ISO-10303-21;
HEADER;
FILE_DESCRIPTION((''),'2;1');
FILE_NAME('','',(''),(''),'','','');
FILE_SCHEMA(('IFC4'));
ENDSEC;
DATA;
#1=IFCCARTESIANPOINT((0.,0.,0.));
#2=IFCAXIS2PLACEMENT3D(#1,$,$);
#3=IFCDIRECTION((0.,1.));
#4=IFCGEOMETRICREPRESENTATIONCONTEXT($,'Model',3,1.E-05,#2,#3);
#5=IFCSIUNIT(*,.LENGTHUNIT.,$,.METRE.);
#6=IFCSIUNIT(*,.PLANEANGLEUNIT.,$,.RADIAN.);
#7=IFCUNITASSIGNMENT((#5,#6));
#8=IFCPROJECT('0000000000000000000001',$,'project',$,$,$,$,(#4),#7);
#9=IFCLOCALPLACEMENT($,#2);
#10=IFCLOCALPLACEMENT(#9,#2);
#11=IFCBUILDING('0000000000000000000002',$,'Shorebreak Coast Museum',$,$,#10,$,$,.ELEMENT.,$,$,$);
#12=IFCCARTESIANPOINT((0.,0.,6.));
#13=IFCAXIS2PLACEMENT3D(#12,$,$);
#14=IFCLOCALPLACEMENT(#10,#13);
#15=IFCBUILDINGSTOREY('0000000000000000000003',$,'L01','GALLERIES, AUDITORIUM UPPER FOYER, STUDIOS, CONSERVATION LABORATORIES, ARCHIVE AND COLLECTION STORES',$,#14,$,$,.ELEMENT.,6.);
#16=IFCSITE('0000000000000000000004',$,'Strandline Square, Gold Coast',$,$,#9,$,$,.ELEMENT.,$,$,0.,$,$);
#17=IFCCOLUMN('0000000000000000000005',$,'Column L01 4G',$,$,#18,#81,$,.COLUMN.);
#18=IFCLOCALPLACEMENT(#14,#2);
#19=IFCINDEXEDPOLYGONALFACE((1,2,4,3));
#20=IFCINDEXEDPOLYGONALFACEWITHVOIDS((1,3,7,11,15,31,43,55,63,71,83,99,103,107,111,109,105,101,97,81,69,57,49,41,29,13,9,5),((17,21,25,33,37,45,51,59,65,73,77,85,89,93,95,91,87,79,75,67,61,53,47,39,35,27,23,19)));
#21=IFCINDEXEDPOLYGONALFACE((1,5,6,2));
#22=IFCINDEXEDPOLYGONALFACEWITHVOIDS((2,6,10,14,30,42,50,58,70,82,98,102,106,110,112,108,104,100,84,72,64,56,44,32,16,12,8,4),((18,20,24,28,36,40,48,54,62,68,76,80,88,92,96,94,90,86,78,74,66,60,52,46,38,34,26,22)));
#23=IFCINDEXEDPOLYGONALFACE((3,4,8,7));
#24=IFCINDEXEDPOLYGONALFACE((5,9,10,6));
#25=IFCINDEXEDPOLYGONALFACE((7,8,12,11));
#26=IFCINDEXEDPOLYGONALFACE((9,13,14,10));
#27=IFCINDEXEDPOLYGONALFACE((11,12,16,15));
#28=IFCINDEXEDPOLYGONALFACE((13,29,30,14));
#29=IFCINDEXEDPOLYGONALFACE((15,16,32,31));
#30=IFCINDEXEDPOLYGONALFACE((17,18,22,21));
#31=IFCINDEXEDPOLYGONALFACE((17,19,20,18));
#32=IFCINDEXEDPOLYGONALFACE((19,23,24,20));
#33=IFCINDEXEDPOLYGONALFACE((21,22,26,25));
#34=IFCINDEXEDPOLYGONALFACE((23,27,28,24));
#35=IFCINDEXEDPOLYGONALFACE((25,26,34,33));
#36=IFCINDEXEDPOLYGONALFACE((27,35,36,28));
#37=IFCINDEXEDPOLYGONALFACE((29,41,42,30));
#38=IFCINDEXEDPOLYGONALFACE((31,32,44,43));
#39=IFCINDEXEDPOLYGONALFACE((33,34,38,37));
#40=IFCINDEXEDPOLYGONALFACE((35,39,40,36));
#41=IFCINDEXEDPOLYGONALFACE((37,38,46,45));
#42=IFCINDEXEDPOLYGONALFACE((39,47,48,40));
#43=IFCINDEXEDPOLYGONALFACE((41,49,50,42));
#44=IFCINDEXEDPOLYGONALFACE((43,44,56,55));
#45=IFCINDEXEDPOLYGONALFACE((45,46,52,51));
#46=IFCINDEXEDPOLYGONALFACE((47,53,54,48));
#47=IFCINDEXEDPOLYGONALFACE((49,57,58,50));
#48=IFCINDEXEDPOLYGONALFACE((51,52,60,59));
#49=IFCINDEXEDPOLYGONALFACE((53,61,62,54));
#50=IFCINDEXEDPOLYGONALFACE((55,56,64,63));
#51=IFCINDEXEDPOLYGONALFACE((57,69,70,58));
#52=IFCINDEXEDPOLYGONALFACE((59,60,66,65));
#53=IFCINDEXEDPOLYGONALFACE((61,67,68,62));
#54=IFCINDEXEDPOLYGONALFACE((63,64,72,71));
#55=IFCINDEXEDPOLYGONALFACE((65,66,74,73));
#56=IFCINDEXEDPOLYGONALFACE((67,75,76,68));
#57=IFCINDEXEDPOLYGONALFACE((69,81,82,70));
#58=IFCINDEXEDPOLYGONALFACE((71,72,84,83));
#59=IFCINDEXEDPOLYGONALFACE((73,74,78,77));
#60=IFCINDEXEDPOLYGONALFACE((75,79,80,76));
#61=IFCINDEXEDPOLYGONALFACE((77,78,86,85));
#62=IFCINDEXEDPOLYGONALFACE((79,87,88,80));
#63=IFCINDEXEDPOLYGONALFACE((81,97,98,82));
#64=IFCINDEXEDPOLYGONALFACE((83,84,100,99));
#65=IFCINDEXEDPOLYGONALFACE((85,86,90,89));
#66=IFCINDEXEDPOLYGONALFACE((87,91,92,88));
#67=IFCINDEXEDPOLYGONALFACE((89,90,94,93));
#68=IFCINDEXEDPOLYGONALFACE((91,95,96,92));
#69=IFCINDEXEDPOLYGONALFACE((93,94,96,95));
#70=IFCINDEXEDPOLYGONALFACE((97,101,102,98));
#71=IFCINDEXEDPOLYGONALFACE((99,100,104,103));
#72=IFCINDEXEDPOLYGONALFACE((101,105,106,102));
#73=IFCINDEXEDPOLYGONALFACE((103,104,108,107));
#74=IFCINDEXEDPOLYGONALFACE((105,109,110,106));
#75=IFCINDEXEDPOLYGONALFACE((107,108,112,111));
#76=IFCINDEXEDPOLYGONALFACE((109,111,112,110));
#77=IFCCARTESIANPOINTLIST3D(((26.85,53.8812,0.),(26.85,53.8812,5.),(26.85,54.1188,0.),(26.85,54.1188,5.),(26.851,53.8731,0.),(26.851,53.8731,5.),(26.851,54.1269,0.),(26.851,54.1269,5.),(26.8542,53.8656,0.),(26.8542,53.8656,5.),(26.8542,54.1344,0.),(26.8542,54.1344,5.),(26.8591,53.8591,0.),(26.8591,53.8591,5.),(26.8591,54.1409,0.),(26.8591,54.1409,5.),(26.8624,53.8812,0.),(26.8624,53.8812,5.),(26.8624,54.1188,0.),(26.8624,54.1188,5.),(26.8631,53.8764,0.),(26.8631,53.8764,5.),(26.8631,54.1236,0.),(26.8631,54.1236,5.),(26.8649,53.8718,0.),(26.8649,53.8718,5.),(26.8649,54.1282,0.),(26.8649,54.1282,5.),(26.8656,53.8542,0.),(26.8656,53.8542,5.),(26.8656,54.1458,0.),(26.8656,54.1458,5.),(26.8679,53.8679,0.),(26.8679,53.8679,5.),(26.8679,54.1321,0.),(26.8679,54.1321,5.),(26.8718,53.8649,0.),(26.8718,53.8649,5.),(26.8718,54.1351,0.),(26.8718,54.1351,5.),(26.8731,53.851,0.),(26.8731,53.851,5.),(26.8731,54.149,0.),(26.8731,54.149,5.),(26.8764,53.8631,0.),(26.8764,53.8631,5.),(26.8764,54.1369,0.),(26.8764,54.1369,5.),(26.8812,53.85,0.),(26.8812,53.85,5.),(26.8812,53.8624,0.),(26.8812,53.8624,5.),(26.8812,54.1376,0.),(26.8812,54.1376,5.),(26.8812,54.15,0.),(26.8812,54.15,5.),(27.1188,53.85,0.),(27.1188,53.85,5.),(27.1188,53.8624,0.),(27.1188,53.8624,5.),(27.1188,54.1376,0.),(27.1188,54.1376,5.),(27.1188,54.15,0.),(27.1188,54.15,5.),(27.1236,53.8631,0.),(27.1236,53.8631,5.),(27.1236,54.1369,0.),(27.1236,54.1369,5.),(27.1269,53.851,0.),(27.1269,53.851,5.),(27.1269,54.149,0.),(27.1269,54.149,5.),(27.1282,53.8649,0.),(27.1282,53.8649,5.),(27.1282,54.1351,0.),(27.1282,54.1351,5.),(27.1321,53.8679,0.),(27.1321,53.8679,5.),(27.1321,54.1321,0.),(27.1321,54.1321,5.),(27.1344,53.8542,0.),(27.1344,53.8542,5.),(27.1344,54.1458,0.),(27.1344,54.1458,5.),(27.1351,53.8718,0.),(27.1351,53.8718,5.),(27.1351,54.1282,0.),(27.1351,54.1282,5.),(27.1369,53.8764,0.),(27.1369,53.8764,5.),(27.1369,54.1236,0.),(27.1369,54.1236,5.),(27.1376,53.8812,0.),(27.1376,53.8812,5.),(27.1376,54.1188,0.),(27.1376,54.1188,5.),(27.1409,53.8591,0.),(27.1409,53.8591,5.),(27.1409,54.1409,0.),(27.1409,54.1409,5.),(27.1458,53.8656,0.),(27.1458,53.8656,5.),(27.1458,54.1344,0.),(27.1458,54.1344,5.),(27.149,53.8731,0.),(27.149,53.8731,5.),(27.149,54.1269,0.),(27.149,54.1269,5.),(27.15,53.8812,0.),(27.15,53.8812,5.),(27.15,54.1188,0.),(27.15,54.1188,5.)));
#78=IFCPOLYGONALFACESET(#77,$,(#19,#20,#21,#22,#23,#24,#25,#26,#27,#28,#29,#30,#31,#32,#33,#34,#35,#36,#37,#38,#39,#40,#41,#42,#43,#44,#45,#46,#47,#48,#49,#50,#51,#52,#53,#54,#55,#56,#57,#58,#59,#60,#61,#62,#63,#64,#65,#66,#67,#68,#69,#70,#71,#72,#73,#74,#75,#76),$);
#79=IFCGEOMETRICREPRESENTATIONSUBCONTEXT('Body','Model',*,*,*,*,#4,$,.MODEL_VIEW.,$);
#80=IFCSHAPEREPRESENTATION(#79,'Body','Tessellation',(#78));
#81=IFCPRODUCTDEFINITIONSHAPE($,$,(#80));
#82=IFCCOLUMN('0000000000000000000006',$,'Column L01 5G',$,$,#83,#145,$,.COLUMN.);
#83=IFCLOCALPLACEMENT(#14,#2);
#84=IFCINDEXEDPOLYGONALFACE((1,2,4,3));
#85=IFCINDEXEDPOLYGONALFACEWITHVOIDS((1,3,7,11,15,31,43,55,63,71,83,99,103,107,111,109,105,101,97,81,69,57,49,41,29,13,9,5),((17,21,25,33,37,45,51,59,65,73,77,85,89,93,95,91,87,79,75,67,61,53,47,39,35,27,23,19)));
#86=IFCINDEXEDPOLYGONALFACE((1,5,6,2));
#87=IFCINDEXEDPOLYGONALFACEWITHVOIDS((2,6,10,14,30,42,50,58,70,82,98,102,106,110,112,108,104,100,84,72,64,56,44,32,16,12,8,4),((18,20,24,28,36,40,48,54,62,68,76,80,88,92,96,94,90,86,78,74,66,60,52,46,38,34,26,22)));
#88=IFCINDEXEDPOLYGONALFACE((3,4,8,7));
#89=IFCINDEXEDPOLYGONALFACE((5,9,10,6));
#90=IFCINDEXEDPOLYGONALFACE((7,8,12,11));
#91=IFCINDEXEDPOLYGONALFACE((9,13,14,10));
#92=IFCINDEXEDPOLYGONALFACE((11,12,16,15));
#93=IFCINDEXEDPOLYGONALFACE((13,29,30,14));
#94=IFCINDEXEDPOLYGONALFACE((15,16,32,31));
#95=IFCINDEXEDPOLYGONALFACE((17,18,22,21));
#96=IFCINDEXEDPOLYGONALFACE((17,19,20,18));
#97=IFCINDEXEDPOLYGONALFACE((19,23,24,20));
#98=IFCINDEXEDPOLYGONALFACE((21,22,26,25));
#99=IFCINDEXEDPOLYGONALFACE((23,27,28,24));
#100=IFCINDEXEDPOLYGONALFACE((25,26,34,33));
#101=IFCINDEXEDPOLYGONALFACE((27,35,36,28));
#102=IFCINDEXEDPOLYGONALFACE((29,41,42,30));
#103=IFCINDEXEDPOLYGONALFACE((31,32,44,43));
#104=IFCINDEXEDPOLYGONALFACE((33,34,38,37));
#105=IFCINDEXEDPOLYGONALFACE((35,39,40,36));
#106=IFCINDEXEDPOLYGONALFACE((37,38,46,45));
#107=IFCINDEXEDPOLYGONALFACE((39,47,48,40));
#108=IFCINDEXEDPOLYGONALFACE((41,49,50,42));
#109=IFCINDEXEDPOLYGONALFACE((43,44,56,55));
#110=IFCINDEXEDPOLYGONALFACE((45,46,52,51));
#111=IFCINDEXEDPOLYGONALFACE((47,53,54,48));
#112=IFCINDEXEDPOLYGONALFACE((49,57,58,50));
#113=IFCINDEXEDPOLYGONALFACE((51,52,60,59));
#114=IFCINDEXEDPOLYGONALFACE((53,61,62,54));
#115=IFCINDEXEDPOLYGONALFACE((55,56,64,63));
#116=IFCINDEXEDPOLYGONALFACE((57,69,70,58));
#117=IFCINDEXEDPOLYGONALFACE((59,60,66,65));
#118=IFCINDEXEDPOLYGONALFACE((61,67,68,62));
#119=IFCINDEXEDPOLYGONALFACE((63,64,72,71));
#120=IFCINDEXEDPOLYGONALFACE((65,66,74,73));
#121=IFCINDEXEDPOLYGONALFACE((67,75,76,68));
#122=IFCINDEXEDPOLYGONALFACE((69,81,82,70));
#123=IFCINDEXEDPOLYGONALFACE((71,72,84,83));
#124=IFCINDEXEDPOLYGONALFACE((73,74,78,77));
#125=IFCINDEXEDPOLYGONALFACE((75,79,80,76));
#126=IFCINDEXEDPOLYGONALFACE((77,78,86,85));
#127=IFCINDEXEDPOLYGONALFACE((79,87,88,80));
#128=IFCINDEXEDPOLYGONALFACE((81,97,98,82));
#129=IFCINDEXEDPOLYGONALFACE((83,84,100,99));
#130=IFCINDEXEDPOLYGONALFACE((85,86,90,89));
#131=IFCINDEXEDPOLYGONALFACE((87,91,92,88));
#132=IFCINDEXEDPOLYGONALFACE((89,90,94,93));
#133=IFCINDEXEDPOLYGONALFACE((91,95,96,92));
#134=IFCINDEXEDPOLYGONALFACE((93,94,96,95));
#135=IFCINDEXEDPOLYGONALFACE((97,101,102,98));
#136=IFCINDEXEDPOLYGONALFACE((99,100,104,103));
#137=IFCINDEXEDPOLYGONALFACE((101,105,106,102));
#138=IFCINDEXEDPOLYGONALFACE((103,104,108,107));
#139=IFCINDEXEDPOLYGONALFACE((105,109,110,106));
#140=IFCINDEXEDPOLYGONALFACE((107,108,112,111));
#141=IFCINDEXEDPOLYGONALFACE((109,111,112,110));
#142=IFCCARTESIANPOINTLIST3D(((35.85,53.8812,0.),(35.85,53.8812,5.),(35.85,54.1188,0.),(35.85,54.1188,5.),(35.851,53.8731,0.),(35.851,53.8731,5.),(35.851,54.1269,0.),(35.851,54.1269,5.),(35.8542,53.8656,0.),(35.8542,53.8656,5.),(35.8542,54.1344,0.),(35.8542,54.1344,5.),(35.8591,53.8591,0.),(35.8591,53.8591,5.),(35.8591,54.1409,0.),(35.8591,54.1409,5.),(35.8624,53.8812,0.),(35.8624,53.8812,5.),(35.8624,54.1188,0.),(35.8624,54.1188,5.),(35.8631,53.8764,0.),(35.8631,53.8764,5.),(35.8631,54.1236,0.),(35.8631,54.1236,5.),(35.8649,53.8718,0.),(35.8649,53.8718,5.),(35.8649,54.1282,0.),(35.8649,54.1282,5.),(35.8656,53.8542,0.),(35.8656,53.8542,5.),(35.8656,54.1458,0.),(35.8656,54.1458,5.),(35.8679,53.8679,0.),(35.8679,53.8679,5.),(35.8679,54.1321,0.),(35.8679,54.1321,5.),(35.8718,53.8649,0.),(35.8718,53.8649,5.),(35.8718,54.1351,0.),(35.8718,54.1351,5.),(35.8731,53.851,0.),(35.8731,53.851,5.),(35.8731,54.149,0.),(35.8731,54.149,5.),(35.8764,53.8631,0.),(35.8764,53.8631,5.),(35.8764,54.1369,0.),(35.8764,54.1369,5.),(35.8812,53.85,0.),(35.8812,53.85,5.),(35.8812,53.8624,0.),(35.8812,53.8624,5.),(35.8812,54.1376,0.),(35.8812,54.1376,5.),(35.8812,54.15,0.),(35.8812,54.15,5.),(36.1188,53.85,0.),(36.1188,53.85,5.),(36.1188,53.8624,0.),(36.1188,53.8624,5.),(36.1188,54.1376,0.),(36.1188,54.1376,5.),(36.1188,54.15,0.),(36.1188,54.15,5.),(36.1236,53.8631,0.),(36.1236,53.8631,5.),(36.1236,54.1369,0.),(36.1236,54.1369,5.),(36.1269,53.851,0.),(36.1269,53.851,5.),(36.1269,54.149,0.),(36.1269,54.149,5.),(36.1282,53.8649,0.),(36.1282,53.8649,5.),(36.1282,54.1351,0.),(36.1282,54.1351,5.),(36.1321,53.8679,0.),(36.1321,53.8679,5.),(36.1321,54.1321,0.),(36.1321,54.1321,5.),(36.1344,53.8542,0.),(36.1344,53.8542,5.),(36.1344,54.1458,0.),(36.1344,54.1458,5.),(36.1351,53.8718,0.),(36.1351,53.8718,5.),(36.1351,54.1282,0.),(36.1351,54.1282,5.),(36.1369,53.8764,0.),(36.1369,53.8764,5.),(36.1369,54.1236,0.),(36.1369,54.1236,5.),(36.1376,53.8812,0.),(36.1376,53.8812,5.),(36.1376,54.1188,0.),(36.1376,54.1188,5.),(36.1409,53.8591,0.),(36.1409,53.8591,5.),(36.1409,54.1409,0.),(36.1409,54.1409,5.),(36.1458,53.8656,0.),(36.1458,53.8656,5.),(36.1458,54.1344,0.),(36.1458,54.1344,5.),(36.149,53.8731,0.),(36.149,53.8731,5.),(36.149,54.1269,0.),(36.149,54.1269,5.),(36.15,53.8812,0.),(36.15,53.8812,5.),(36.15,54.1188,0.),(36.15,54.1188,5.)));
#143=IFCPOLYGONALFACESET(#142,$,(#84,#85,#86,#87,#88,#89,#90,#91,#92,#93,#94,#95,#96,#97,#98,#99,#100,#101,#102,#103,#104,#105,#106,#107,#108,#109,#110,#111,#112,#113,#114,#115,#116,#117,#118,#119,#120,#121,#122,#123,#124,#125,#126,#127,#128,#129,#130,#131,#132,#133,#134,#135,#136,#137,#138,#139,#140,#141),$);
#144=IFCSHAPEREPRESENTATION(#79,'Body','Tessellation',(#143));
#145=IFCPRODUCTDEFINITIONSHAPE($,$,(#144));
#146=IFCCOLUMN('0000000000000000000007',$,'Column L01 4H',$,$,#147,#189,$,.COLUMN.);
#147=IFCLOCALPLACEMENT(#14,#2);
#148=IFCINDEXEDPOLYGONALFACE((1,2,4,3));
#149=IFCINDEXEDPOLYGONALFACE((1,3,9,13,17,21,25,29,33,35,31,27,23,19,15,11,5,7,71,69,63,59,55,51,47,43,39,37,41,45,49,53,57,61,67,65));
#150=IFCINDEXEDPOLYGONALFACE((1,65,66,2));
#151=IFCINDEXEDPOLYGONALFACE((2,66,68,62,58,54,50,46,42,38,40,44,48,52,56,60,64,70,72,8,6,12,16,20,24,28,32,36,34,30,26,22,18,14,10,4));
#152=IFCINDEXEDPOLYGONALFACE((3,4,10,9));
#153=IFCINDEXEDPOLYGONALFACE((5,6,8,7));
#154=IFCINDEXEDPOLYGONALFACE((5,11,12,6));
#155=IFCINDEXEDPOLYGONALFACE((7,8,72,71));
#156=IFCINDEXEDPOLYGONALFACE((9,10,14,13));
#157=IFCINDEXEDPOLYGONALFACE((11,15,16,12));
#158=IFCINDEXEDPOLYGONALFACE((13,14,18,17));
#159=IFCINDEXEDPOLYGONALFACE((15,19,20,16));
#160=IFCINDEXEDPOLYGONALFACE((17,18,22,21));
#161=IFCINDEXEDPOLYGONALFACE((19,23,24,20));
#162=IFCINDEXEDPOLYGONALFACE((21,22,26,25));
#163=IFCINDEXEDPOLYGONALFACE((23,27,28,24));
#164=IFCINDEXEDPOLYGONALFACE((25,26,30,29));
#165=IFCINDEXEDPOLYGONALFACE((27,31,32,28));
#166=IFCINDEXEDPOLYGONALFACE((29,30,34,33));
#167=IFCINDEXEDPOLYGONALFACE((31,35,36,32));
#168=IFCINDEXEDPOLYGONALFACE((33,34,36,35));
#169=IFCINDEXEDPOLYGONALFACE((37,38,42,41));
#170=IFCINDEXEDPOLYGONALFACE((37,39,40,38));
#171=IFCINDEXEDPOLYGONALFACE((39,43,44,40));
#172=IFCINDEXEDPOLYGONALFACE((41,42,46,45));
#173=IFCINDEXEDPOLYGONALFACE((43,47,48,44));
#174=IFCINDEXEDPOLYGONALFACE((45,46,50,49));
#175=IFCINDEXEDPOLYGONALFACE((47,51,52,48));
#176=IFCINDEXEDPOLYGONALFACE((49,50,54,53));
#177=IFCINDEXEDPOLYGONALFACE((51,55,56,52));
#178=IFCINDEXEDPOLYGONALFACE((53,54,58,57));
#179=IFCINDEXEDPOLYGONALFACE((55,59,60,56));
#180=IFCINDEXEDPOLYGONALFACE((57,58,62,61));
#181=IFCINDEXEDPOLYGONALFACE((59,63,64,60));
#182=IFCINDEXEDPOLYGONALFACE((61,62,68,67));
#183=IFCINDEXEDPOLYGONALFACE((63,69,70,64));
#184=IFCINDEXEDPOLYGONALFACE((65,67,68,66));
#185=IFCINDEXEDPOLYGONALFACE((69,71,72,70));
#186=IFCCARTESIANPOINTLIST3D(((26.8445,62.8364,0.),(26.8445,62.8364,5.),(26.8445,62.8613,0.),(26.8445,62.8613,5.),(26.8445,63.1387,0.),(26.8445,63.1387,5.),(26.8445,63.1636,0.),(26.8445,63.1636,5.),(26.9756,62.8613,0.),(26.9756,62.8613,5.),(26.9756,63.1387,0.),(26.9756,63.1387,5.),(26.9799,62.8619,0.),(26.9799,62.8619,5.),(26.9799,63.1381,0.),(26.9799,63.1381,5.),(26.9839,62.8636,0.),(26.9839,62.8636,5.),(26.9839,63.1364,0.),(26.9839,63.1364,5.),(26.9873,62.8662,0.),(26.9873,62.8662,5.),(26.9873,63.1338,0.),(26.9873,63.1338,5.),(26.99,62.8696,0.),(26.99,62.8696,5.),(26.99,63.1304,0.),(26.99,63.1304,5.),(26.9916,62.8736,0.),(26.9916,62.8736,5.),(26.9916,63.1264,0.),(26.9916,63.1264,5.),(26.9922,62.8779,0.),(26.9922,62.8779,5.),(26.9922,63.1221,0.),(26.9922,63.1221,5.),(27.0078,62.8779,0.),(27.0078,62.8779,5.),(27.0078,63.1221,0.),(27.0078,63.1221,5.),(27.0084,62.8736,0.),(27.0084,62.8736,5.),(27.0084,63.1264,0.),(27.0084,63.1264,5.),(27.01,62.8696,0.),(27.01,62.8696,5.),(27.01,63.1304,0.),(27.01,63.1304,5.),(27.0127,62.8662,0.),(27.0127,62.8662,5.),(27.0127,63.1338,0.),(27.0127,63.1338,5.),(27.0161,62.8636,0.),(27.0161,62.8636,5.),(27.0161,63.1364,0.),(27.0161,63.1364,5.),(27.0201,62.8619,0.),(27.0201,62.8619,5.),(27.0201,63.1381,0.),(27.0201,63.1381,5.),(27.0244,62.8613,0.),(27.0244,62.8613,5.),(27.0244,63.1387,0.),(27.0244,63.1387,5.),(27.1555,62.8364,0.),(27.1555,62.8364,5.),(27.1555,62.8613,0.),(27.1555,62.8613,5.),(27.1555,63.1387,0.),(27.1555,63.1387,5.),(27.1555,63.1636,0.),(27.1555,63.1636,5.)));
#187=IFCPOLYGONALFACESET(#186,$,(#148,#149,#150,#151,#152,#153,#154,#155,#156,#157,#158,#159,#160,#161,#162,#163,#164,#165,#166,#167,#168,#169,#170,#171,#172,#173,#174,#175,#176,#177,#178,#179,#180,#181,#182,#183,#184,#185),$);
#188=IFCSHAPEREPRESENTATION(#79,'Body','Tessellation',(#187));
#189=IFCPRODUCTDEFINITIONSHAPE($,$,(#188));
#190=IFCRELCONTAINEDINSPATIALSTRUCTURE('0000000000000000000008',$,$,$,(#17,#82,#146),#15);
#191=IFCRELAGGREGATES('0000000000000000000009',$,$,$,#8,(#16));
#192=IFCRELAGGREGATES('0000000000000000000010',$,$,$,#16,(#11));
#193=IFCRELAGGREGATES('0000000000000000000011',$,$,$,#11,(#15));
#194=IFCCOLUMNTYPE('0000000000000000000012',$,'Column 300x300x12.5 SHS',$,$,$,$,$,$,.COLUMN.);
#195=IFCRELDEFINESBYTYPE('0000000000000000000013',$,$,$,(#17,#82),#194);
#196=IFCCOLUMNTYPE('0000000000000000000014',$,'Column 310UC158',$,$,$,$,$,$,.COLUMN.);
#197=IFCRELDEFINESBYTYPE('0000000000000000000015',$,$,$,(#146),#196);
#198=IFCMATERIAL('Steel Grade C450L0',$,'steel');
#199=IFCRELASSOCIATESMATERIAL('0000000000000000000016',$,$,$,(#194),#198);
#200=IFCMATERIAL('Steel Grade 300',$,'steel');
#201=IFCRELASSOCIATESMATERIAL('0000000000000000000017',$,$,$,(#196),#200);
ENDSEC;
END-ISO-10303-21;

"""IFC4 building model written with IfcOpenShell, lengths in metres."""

from ifc_helpers import new_model, si_unit, direction, frame, origin, origin_2d, place, context, subcontext, project, spatial, hollow_rectangle, i_section, extrude, material, material_profile, profile_set, type_object, element, save


model = new_model("IFC4")

# Units and contexts
model_context = context("Model", 3, precision=1e-05, world=origin(), true_north=direction((0.0, 1.0)))
body_context = subcontext(model_context, "Body", "Model", "MODEL_VIEW")
ifc_project = project(units=[si_unit("LENGTHUNIT", "METRE"), si_unit("PLANEANGLEUNIT", "RADIAN")], contexts=[model_context])

# Site, building, storey
site_placement = place(None, origin())
site = spatial("IfcSite", under=ifc_project, at=site_placement, Name="Strandline Square, Gold Coast", CompositionType="ELEMENT", RefElevation=0.0)
building_placement = place(site_placement, origin())
building = spatial("IfcBuilding", under=site, at=building_placement, Name="Shorebreak Coast Museum", CompositionType="ELEMENT")
storey_placement = place(building_placement, frame((0.0, 0.0, 6.0)))
storey = spatial("IfcBuildingStorey", under=building, at=storey_placement, Name="L01", Description="GALLERIES, AUDITORIUM UPPER FOYER, STUDIOS, CONSERVATION LABORATORIES, ARCHIVE AND COLLECTION STORES", CompositionType="ELEMENT", Elevation=6.0)

# Columns
ifc_material_1 = material(Name="Steel Grade C450L0", Category="steel")
ifc_material_profile_1 = material_profile(ifc_material_1, hollow_rectangle(XDim=0.3, YDim=0.3, WallThickness=0.0125, InnerFilletRadius=0.0188, OuterFilletRadius=0.0312, at=origin_2d()), Name="300x300x12.5 SHS")
ifc_profile_set_1 = profile_set([ifc_material_profile_1], Name="Steel Grade C450L0")
column_type_1 = type_object("IfcColumnType", Name="Column 300x300x12.5 SHS", PredefinedType="COLUMN", material=ifc_profile_set_1)
for number, where, z_axis, x_axis, name in (
    (1, (27.0, 54.0, 0.0), (0.0, 0.0, 1.0), (1.0, 0.0, 0.0), "Column L01 4G"),
    (2, (36.0, 54.0, 0.0), (0.0, 0.0, 1.0), (1.0, 0.0, 0.0), "Column L01 5G"),
):
    element("IfcColumn", number, at=place(storey_placement, frame(where, z_axis=z_axis, x_axis=x_axis)), inside=storey, type_object=column_type_1, Name=name, PredefinedType="COLUMN", context=body_context, shape_type="SweptSolid", body=[
        extrude(hollow_rectangle(XDim=0.3, YDim=0.3, WallThickness=0.0125, InnerFilletRadius=0.0188, OuterFilletRadius=0.0312, at=origin_2d()), origin(), (0.0, 0.0, 1.0), 5.0),
    ])
ifc_material_2 = material(Name="Steel Grade 300", Category="steel")
ifc_material_profile_2 = material_profile(ifc_material_2, i_section(OverallWidth=0.311, OverallDepth=0.3271, WebThickness=0.0156, FlangeThickness=0.0249, FilletRadius=0.0166, at=origin_2d()), Name="310UC158")
ifc_profile_set_2 = profile_set([ifc_material_profile_2], Name="Steel Grade 300")
column_type_2 = type_object("IfcColumnType", Name="Column 310UC158", PredefinedType="COLUMN", material=ifc_profile_set_2)
for number, where, z_axis, x_axis, name in (
    (3, (27.0, 63.0, 0.0), (0.0, 0.0, 1.0), (1.0, 0.0, 0.0), "Column L01 4H"),
):
    element("IfcColumn", number, at=place(storey_placement, frame(where, z_axis=z_axis, x_axis=x_axis)), inside=storey, type_object=column_type_2, Name=name, PredefinedType="COLUMN", context=body_context, shape_type="SweptSolid", body=[
        extrude(i_section(OverallWidth=0.311, OverallDepth=0.3271, WebThickness=0.0156, FlangeThickness=0.0249, FilletRadius=0.0166, at=origin_2d()), origin(), (0.0, 0.0, 1.0), 5.0),
    ])

save(model, "model.ifc")
